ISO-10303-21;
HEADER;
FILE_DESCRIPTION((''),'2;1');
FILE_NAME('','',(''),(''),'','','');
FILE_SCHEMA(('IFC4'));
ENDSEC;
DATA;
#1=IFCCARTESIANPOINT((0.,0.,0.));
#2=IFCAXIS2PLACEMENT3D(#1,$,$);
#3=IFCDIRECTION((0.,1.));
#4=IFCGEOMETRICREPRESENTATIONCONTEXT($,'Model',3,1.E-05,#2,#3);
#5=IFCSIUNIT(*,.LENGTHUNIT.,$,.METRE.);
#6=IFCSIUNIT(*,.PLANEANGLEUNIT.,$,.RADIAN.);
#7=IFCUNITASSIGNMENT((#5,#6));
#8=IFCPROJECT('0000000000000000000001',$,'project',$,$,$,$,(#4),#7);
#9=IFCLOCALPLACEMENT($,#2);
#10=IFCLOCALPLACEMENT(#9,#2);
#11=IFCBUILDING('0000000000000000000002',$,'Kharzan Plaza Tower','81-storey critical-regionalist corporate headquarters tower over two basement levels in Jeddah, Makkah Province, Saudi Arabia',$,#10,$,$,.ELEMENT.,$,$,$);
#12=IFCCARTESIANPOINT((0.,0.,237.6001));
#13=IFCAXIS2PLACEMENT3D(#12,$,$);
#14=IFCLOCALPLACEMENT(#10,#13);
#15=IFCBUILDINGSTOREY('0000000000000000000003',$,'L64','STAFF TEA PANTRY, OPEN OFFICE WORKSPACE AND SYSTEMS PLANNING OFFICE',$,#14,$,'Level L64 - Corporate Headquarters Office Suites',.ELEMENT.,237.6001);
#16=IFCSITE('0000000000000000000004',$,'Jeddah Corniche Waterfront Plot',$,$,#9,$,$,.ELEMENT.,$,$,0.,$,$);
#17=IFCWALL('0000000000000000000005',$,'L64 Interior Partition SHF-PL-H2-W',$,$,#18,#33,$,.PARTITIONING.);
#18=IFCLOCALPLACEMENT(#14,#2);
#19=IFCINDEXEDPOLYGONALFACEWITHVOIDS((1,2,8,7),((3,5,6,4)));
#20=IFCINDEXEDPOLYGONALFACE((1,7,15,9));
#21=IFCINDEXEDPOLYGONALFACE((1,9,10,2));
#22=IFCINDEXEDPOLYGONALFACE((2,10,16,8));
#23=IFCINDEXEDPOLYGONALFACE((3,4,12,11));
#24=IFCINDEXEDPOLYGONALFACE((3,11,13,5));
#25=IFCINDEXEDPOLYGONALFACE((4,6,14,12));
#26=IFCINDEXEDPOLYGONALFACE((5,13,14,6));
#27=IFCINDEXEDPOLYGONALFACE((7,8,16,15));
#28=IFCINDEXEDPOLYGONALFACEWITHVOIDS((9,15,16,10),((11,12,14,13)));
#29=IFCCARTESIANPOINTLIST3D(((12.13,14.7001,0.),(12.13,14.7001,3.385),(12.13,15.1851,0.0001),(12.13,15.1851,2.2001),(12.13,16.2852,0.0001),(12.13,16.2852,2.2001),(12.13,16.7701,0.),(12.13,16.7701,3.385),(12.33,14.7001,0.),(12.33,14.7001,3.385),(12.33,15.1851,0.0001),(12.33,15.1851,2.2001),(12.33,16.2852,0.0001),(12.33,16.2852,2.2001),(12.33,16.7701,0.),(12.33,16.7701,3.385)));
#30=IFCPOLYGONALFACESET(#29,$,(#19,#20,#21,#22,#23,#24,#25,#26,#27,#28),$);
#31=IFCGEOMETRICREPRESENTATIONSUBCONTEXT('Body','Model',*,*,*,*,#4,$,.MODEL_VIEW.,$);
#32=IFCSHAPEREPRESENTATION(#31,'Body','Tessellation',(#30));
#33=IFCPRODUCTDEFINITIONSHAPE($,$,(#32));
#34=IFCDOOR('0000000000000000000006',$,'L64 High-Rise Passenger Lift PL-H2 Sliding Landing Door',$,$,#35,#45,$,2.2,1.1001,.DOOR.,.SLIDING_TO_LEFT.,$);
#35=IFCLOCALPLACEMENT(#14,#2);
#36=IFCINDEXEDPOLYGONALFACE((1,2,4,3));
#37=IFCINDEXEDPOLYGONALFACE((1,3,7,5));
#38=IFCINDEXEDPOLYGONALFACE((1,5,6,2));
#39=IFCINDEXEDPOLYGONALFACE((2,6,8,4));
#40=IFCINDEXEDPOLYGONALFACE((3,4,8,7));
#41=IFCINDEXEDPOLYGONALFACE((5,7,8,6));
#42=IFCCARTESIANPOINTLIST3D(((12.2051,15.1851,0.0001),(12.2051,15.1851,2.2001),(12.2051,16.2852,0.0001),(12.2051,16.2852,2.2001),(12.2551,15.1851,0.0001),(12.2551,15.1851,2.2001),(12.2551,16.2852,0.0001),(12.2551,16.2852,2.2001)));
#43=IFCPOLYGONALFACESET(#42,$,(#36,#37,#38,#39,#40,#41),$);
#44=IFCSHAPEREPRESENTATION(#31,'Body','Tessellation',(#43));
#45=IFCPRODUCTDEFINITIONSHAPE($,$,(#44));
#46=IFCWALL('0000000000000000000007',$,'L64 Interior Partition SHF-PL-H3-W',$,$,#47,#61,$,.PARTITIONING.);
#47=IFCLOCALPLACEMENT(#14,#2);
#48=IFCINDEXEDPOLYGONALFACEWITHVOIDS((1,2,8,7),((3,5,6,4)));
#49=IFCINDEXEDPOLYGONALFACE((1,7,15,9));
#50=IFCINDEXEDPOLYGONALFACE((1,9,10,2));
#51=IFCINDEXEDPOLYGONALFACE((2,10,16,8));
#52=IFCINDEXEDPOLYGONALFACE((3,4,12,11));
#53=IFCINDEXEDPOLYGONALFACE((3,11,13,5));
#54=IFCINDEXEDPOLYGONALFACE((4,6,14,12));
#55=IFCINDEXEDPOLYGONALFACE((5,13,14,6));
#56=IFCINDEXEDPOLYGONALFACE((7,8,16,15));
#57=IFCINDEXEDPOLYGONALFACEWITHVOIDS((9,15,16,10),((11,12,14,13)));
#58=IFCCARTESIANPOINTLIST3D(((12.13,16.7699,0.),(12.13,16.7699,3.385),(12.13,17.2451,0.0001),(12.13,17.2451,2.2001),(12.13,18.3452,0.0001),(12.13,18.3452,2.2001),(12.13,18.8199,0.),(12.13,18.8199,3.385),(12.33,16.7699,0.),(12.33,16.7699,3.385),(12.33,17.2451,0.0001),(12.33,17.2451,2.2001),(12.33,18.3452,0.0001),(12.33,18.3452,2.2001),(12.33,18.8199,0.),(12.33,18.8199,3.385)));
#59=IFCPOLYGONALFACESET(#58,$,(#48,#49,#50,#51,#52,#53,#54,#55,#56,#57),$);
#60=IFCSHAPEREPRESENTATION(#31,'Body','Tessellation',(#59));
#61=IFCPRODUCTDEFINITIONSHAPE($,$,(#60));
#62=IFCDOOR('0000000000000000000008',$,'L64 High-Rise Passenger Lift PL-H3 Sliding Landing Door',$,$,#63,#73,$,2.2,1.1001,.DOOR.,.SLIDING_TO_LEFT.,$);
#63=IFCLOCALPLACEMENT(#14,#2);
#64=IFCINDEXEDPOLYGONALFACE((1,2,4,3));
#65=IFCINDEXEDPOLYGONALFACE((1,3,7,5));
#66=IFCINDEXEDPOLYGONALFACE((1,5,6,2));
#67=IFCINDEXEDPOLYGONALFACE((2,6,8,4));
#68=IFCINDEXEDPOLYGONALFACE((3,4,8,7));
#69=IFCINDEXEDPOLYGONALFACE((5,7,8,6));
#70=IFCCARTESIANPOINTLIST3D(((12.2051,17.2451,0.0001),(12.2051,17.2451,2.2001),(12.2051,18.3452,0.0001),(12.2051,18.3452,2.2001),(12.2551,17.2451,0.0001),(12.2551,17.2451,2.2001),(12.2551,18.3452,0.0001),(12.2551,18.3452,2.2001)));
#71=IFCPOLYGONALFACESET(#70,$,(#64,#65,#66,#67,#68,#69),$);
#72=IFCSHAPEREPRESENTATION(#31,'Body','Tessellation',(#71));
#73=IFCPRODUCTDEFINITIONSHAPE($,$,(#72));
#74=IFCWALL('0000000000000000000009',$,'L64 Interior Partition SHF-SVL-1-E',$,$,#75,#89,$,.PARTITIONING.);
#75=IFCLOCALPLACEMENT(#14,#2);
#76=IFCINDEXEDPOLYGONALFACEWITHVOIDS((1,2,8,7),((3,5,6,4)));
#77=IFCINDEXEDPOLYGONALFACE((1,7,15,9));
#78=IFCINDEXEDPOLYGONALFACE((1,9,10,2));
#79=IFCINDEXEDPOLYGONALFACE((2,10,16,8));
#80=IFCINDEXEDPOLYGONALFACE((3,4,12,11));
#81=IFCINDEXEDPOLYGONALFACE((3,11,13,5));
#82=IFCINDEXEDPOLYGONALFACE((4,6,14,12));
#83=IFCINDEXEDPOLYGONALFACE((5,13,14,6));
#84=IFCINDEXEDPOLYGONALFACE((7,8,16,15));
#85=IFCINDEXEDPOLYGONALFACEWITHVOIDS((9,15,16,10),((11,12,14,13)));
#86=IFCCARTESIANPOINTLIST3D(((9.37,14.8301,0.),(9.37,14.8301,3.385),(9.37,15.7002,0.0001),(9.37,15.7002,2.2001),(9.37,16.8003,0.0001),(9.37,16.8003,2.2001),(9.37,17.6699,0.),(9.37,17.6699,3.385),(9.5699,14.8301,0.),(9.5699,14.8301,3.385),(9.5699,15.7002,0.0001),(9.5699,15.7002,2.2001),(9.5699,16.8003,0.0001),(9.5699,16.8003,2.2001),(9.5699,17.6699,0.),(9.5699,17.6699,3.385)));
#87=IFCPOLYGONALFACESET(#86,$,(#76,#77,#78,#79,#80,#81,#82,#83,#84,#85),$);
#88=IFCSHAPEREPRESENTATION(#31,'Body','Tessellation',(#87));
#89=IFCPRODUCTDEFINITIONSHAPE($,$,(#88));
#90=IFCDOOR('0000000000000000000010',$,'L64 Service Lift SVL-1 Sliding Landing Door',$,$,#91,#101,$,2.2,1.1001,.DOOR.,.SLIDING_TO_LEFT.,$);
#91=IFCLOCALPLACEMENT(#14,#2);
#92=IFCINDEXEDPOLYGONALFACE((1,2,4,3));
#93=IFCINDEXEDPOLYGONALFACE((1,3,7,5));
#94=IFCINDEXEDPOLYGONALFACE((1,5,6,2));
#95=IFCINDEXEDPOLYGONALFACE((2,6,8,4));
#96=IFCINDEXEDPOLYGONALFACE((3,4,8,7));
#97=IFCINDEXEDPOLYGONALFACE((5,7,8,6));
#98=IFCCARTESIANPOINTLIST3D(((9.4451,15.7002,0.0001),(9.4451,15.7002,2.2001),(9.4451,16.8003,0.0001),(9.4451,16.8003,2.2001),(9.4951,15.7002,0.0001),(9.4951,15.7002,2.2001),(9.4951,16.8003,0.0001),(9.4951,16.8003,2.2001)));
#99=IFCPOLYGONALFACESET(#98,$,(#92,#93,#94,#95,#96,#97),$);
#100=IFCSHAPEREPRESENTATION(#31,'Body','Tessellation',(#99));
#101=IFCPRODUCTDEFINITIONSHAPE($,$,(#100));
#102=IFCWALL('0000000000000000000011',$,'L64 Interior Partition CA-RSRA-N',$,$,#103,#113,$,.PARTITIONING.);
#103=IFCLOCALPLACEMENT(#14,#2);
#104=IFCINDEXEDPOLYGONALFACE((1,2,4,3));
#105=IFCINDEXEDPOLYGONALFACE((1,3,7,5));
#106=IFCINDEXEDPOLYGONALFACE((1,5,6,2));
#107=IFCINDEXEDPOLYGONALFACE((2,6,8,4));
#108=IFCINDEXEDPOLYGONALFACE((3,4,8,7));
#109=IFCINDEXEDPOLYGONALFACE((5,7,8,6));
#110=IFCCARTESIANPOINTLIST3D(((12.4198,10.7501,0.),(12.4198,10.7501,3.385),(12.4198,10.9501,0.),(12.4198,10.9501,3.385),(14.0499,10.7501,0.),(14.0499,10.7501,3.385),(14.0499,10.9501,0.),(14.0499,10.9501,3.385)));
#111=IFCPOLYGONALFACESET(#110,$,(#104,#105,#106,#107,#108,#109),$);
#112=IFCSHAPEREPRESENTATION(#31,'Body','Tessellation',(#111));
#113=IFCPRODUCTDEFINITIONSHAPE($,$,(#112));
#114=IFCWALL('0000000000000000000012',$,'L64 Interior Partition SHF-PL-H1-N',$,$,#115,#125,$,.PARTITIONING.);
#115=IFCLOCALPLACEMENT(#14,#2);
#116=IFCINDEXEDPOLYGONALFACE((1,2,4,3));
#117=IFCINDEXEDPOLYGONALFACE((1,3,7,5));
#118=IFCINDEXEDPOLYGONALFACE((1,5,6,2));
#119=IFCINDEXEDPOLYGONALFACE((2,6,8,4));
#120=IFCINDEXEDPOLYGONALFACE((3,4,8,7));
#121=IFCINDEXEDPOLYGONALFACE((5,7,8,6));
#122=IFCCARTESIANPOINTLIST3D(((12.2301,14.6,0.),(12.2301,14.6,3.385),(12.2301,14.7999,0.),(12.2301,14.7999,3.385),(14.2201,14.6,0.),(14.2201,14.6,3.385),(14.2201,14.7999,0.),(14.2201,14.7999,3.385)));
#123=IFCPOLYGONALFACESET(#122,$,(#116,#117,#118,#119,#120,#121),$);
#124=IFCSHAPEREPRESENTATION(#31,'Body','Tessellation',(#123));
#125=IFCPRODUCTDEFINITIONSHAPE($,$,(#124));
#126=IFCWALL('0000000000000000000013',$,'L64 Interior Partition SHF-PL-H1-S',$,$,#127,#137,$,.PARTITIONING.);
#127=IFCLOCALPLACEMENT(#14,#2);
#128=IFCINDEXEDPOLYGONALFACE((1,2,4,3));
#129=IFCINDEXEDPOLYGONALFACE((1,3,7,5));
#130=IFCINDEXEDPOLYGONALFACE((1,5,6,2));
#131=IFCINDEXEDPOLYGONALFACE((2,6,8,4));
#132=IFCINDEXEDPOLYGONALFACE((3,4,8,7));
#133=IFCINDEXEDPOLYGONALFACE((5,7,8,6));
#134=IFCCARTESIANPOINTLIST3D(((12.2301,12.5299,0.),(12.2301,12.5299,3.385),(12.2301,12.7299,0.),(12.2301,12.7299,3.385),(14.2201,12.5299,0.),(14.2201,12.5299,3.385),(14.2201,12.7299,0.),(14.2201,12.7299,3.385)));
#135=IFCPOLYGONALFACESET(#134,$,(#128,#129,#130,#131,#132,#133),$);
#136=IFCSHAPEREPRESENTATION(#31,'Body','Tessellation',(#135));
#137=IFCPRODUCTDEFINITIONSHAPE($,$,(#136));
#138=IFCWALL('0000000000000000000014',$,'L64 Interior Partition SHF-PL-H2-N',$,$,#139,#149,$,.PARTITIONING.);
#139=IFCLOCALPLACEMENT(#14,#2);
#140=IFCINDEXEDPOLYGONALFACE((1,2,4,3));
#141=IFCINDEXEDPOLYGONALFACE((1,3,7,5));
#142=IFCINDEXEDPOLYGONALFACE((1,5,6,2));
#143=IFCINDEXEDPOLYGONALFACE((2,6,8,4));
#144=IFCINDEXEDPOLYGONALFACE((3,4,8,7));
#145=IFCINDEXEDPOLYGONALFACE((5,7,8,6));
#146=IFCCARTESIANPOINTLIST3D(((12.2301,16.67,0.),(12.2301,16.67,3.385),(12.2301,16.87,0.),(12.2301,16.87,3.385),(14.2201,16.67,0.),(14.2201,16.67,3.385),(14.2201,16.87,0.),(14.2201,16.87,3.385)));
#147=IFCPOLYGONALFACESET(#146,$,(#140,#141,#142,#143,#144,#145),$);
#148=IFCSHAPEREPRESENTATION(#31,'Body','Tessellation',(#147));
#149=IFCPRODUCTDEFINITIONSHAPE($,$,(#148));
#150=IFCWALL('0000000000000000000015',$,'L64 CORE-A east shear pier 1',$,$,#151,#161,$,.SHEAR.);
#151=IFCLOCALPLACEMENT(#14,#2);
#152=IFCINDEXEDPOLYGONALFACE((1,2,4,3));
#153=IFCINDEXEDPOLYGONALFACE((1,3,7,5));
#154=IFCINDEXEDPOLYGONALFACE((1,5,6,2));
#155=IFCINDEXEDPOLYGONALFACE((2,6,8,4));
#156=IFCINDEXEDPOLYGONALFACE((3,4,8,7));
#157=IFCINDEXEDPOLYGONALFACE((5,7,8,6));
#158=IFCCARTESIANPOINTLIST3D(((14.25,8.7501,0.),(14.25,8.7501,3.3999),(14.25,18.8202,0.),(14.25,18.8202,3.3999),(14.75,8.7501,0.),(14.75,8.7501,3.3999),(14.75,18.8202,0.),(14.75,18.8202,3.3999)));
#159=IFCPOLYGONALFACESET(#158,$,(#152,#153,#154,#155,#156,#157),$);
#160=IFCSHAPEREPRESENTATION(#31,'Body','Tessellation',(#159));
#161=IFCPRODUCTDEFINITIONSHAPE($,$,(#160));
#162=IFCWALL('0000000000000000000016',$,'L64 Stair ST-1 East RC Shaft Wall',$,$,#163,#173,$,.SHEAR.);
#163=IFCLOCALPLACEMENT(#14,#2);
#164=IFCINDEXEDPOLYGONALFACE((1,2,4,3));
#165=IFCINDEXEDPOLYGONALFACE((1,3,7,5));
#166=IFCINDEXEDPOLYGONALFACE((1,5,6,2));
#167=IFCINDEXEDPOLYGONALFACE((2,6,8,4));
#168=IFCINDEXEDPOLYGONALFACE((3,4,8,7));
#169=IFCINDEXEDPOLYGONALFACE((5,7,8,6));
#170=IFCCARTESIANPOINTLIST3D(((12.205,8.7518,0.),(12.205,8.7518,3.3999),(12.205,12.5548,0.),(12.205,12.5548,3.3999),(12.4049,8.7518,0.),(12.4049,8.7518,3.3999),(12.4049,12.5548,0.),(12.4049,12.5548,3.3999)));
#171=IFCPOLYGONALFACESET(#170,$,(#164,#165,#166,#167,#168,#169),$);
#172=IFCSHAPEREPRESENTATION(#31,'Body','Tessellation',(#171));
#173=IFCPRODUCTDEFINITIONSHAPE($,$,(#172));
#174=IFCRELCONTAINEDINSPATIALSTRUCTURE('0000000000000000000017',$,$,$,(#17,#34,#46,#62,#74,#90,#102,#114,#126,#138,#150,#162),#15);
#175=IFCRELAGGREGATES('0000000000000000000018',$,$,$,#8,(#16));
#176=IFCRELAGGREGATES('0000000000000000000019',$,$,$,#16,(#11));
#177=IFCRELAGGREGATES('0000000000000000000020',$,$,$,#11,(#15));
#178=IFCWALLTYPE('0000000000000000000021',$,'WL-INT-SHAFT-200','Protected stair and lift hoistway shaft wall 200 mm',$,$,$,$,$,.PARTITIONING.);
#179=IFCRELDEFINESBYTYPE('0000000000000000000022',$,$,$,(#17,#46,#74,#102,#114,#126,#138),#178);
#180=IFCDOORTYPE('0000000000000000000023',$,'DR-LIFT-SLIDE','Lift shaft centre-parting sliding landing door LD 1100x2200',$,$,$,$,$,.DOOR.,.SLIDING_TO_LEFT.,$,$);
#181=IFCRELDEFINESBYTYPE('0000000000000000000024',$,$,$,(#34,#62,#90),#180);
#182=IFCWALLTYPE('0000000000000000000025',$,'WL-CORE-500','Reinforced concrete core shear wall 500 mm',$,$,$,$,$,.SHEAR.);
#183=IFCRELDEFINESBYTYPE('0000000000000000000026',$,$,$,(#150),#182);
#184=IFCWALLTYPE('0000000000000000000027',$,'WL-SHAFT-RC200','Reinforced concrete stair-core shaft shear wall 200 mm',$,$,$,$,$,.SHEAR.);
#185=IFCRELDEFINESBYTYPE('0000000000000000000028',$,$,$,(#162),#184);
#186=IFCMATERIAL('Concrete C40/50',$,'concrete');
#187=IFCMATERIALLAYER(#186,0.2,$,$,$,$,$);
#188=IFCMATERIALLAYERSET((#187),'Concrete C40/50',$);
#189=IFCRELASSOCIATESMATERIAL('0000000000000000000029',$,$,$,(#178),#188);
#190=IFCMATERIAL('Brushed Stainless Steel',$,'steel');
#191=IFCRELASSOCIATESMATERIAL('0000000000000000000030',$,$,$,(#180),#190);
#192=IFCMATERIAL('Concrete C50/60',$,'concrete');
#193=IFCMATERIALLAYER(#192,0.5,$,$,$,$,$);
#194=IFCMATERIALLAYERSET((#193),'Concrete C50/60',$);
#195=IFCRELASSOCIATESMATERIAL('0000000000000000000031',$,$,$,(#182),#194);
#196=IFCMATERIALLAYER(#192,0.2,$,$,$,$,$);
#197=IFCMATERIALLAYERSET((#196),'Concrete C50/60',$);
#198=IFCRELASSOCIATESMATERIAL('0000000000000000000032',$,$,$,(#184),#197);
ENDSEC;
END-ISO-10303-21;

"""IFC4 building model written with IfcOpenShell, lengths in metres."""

from ifc_helpers import new_model, si_unit, direction, frame, frame_2d, origin, place, context, subcontext, project, spatial, rectangle, extrude, source, transform, mapped, material, layer, layer_set, type_object, element, fill, save


model = new_model("IFC4")

# Units and contexts
model_context = context("Model", 3, precision=1e-05, world=origin(), true_north=direction((0.0, 1.0)))
body_context = subcontext(model_context, "Body", "Model", "MODEL_VIEW")
ifc_project = project(units=[si_unit("LENGTHUNIT", "METRE"), si_unit("PLANEANGLEUNIT", "RADIAN")], contexts=[model_context])

# Site, building, storey
site_placement = place(None, origin())
site = spatial("IfcSite", under=ifc_project, at=site_placement, Name="Jeddah Corniche Waterfront Plot", CompositionType="ELEMENT", RefElevation=0.0)
building_placement = place(site_placement, origin())
building = spatial("IfcBuilding", under=site, at=building_placement, Name="Kharzan Plaza Tower", Description="81-storey critical-regionalist corporate headquarters tower over two basement levels in Jeddah, Makkah Province, Saudi Arabia", CompositionType="ELEMENT")
storey_placement = place(building_placement, frame((0.0, 0.0, 237.6001)))
storey = spatial("IfcBuildingStorey", under=building, at=storey_placement, Name="L64", Description="STAFF TEA PANTRY, OPEN OFFICE WORKSPACE AND SYSTEMS PLANNING OFFICE", LongName="Level L64 - Corporate Headquarters Office Suites", CompositionType="ELEMENT", Elevation=237.6001)

# Walls, openings, doors
ifc_material_1 = material(Name="Concrete C40/50", Category="concrete")
ifc_layer_1 = layer(ifc_material_1, 0.2)
ifc_layer_set_1 = layer_set([ifc_layer_1], Name="Concrete C40/50")
wall_type_1 = type_object("IfcWallType", Name="WL-INT-SHAFT-200", Description="Protected stair and lift hoistway shaft wall 200 mm", PredefinedType="PARTITIONING", material=ifc_layer_set_1)
ifc_material_2 = material(Name="Brushed Stainless Steel", Category="steel")
door_type_1 = type_object("IfcDoorType", Name="DR-LIFT-SLIDE", Description="Lift shaft centre-parting sliding landing door LD 1100x2200", OperationType="SLIDING_TO_LEFT", PredefinedType="DOOR", material=ifc_material_2)
shared_shape_1 = source(origin(), body_context, "Body", "SweptSolid", [
    extrude(rectangle(XDim=1.1001, YDim=2.2, at=frame_2d((0.55, 1.1001))), frame((0.0, 0.0249, 0.0), z_axis=(0.0, -1.0, 0.0), x_axis=(1.0, 0.0, 0.0)), (0.0, 0.0, 1.0), 0.05),
])
wall_1_placement = place(storey_placement, frame((12.23, 14.7, 0.0), z_axis=(0.0, 0.0, 1.0), x_axis=(0.0, 1.0, 0.0)))
wall_1 = element("IfcWall", 1, at=wall_1_placement, inside=storey, type_object=wall_type_1, Name="L64 Interior Partition SHF-PL-H2-W", PredefinedType="PARTITIONING", context=body_context, shape_type="SweptSolid", body=[
    extrude(rectangle(XDim=2.0701, YDim=0.2, at=frame_2d((1.0352, 0.0))), origin(), (0.0, 0.0, 1.0), 3.385),
])
opening_1_placement = place(wall_1_placement, frame((0.4851, 0.0, 0.0)))
opening_1 = element("IfcOpeningElement", 2, at=opening_1_placement, cuts=wall_1, PredefinedType="OPENING", context=body_context, shape_type="SweptSolid", body=[
    extrude(rectangle(XDim=1.1001, YDim=2.2, at=frame_2d((0.55, 1.1001))), frame((0.0, 0.1099, 0.0), z_axis=(0.0, -1.0, 0.0), x_axis=(1.0, 0.0, 0.0)), (0.0, 0.0, 1.0), 0.22),
])
door_1_placement = place(opening_1_placement, origin())
door_1 = element("IfcDoor", 3, at=door_1_placement, inside=storey, type_object=door_type_1, Name="L64 High-Rise Passenger Lift PL-H2 Sliding Landing Door", OperationType="SLIDING_TO_LEFT", OverallHeight=2.2, OverallWidth=1.1001, PredefinedType="DOOR", context=body_context, shape_type="MappedRepresentation", body=[
    mapped(shared_shape_1, transform((0.0, 0.0, 0.0), x_axis=(1.0, 0.0, 0.0), y_axis=(0.0, 1.0, 0.0), z_axis=(0.0, 0.0, 1.0))),
])
fill(opening_1, door_1)
wall_2_placement = place(storey_placement, frame((12.23, 16.77, 0.0), z_axis=(0.0, 0.0, 1.0), x_axis=(0.0, 1.0, 0.0)))
wall_2 = element("IfcWall", 4, at=wall_2_placement, inside=storey, type_object=wall_type_1, Name="L64 Interior Partition SHF-PL-H3-W", PredefinedType="PARTITIONING", context=body_context, shape_type="SweptSolid", body=[
    extrude(rectangle(XDim=2.05, YDim=0.2, at=frame_2d((1.0249, 0.0))), origin(), (0.0, 0.0, 1.0), 3.385),
])
opening_2_placement = place(wall_2_placement, frame((0.4751, 0.0, 0.0)))
opening_2 = element("IfcOpeningElement", 5, at=opening_2_placement, cuts=wall_2, PredefinedType="OPENING", context=body_context, shape_type="SweptSolid", body=[
    extrude(rectangle(XDim=1.1001, YDim=2.2, at=frame_2d((0.55, 1.1001))), frame((0.0, 0.1099, 0.0), z_axis=(0.0, -1.0, 0.0), x_axis=(1.0, 0.0, 0.0)), (0.0, 0.0, 1.0), 0.22),
])
door_2_placement = place(opening_2_placement, origin())
door_2 = element("IfcDoor", 6, at=door_2_placement, inside=storey, type_object=door_type_1, Name="L64 High-Rise Passenger Lift PL-H3 Sliding Landing Door", OperationType="SLIDING_TO_LEFT", OverallHeight=2.2, OverallWidth=1.1001, PredefinedType="DOOR", context=body_context, shape_type="MappedRepresentation", body=[
    mapped(shared_shape_1, transform((0.0, 0.0, 0.0), x_axis=(1.0, 0.0, 0.0), y_axis=(0.0, 1.0, 0.0), z_axis=(0.0, 0.0, 1.0))),
])
fill(opening_2, door_2)
wall_3_placement = place(storey_placement, frame((9.47, 14.8301, 0.0), z_axis=(0.0, 0.0, 1.0), x_axis=(0.0, 1.0, 0.0)))
wall_3 = element("IfcWall", 7, at=wall_3_placement, inside=storey, type_object=wall_type_1, Name="L64 Interior Partition SHF-SVL-1-E", PredefinedType="PARTITIONING", context=body_context, shape_type="SweptSolid", body=[
    extrude(rectangle(XDim=2.8398, YDim=0.2, at=frame_2d((1.4199, 0.0))), origin(), (0.0, 0.0, 1.0), 3.385),
])
opening_3_placement = place(wall_3_placement, frame((0.8701, 0.0, 0.0)))
opening_3 = element("IfcOpeningElement", 8, at=opening_3_placement, cuts=wall_3, PredefinedType="OPENING", context=body_context, shape_type="SweptSolid", body=[
    extrude(rectangle(XDim=1.1001, YDim=2.2, at=frame_2d((0.55, 1.1001))), frame((0.0, 0.1099, 0.0), z_axis=(0.0, -1.0, 0.0), x_axis=(1.0, 0.0, 0.0)), (0.0, 0.0, 1.0), 0.22),
])
door_3_placement = place(opening_3_placement, origin())
door_3 = element("IfcDoor", 9, at=door_3_placement, inside=storey, type_object=door_type_1, Name="L64 Service Lift SVL-1 Sliding Landing Door", OperationType="SLIDING_TO_LEFT", OverallHeight=2.2, OverallWidth=1.1001, PredefinedType="DOOR", context=body_context, shape_type="MappedRepresentation", body=[
    mapped(shared_shape_1, transform((0.0, 0.0, 0.0), x_axis=(1.0, 0.0, 0.0), y_axis=(0.0, 1.0, 0.0), z_axis=(0.0, 0.0, 1.0))),
])
fill(opening_3, door_3)

# Walls
shared_shape_2 = source(origin(), body_context, "Body", "SweptSolid", [
    extrude(rectangle(XDim=1.6301, YDim=0.2, at=frame_2d((0.8149, 0.0))), origin(), (0.0, 0.0, 1.0), 3.385),
])
wall_4_placement = place(storey_placement, frame((12.4199, 10.8501, 0.0), z_axis=(0.0, 0.0, 1.0), x_axis=(1.0, 0.0, 0.0)))
element("IfcWall", 10, at=wall_4_placement, inside=storey, type_object=wall_type_1, Name="L64 Interior Partition CA-RSRA-N", PredefinedType="PARTITIONING", context=body_context, shape_type="MappedRepresentation", body=[
    mapped(shared_shape_2, transform((0.0, 0.0, 0.0), x_axis=(1.0, 0.0, 0.0), y_axis=(0.0, 1.0, 0.0), z_axis=(0.0, 0.0, 1.0))),
])
shared_shape_3 = source(origin(), body_context, "Body", "SweptSolid", [
    extrude(rectangle(XDim=1.99, YDim=0.2, at=frame_2d((0.9951, 0.0))), origin(), (0.0, 0.0, 1.0), 3.385),
])
for number, where, z_axis, x_axis, name in (
    (11, (12.23, 14.7, 0.0), (0.0, 0.0, 1.0), (1.0, 0.0, 0.0), "L64 Interior Partition SHF-PL-H1-N"),
    (12, (12.23, 12.6299, 0.0), (0.0, 0.0, 1.0), (1.0, 0.0, 0.0), "L64 Interior Partition SHF-PL-H1-S"),
    (13, (12.23, 16.77, 0.0), (0.0, 0.0, 1.0), (1.0, 0.0, 0.0), "L64 Interior Partition SHF-PL-H2-N"),
):
    element("IfcWall", number, at=place(storey_placement, frame(where, z_axis=z_axis, x_axis=x_axis)), inside=storey, type_object=wall_type_1, Name=name, PredefinedType="PARTITIONING", context=body_context, shape_type="MappedRepresentation", body=[
        mapped(shared_shape_3, transform((0.0, 0.0, 0.0), x_axis=(1.0, 0.0, 0.0), y_axis=(0.0, 1.0, 0.0), z_axis=(0.0, 0.0, 1.0))),
    ])
ifc_material_3 = material(Name="Concrete C50/60", Category="concrete")
ifc_layer_2 = layer(ifc_material_3, 0.5)
ifc_layer_set_2 = layer_set([ifc_layer_2], Name="Concrete C50/60")
wall_type_2 = type_object("IfcWallType", Name="WL-CORE-500", Description="Reinforced concrete core shear wall 500 mm", PredefinedType="SHEAR", material=ifc_layer_set_2)
shared_shape_4 = source(origin(), body_context, "Body", "SweptSolid", [
    extrude(rectangle(XDim=10.0701, YDim=0.5, at=frame_2d((5.0352, 0.0))), origin(), (0.0, 0.0, 1.0), 3.3999),
])
wall_5_placement = place(storey_placement, frame((14.5, 8.75, 0.0), z_axis=(0.0, 0.0, 1.0), x_axis=(0.0, 1.0, 0.0)))
element("IfcWall", 14, at=wall_5_placement, inside=storey, type_object=wall_type_2, Name="L64 CORE-A east shear pier 1", PredefinedType="SHEAR", context=body_context, shape_type="MappedRepresentation", body=[
    mapped(shared_shape_4, transform((0.0, 0.0, 0.0), x_axis=(1.0, 0.0, 0.0), y_axis=(0.0, 1.0, 0.0), z_axis=(0.0, 0.0, 1.0))),
])
ifc_layer_3 = layer(ifc_material_3, 0.2)
ifc_layer_set_3 = layer_set([ifc_layer_3], Name="Concrete C50/60")
wall_type_3 = type_object("IfcWallType", Name="WL-SHAFT-RC200", Description="Reinforced concrete stair-core shaft shear wall 200 mm", PredefinedType="SHEAR", material=ifc_layer_set_3)
shared_shape_5 = source(origin(), body_context, "Body", "SweptSolid", [
    extrude(rectangle(XDim=3.803, YDim=0.2, at=frame_2d((1.9014, 0.0))), origin(), (0.0, 0.0, 1.0), 3.3999),
])
wall_6_placement = place(storey_placement, frame((12.3049, 8.752, 0.0), z_axis=(0.0, 0.0, 1.0), x_axis=(0.0, 1.0, 0.0)))
element("IfcWall", 15, at=wall_6_placement, inside=storey, type_object=wall_type_3, Name="L64 Stair ST-1 East RC Shaft Wall", PredefinedType="SHEAR", context=body_context, shape_type="MappedRepresentation", body=[
    mapped(shared_shape_5, transform((0.0, 0.0, 0.0), x_axis=(1.0, 0.0, 0.0), y_axis=(0.0, 1.0, 0.0), z_axis=(0.0, 0.0, 1.0))),
])

save(model, "model.ifc")
